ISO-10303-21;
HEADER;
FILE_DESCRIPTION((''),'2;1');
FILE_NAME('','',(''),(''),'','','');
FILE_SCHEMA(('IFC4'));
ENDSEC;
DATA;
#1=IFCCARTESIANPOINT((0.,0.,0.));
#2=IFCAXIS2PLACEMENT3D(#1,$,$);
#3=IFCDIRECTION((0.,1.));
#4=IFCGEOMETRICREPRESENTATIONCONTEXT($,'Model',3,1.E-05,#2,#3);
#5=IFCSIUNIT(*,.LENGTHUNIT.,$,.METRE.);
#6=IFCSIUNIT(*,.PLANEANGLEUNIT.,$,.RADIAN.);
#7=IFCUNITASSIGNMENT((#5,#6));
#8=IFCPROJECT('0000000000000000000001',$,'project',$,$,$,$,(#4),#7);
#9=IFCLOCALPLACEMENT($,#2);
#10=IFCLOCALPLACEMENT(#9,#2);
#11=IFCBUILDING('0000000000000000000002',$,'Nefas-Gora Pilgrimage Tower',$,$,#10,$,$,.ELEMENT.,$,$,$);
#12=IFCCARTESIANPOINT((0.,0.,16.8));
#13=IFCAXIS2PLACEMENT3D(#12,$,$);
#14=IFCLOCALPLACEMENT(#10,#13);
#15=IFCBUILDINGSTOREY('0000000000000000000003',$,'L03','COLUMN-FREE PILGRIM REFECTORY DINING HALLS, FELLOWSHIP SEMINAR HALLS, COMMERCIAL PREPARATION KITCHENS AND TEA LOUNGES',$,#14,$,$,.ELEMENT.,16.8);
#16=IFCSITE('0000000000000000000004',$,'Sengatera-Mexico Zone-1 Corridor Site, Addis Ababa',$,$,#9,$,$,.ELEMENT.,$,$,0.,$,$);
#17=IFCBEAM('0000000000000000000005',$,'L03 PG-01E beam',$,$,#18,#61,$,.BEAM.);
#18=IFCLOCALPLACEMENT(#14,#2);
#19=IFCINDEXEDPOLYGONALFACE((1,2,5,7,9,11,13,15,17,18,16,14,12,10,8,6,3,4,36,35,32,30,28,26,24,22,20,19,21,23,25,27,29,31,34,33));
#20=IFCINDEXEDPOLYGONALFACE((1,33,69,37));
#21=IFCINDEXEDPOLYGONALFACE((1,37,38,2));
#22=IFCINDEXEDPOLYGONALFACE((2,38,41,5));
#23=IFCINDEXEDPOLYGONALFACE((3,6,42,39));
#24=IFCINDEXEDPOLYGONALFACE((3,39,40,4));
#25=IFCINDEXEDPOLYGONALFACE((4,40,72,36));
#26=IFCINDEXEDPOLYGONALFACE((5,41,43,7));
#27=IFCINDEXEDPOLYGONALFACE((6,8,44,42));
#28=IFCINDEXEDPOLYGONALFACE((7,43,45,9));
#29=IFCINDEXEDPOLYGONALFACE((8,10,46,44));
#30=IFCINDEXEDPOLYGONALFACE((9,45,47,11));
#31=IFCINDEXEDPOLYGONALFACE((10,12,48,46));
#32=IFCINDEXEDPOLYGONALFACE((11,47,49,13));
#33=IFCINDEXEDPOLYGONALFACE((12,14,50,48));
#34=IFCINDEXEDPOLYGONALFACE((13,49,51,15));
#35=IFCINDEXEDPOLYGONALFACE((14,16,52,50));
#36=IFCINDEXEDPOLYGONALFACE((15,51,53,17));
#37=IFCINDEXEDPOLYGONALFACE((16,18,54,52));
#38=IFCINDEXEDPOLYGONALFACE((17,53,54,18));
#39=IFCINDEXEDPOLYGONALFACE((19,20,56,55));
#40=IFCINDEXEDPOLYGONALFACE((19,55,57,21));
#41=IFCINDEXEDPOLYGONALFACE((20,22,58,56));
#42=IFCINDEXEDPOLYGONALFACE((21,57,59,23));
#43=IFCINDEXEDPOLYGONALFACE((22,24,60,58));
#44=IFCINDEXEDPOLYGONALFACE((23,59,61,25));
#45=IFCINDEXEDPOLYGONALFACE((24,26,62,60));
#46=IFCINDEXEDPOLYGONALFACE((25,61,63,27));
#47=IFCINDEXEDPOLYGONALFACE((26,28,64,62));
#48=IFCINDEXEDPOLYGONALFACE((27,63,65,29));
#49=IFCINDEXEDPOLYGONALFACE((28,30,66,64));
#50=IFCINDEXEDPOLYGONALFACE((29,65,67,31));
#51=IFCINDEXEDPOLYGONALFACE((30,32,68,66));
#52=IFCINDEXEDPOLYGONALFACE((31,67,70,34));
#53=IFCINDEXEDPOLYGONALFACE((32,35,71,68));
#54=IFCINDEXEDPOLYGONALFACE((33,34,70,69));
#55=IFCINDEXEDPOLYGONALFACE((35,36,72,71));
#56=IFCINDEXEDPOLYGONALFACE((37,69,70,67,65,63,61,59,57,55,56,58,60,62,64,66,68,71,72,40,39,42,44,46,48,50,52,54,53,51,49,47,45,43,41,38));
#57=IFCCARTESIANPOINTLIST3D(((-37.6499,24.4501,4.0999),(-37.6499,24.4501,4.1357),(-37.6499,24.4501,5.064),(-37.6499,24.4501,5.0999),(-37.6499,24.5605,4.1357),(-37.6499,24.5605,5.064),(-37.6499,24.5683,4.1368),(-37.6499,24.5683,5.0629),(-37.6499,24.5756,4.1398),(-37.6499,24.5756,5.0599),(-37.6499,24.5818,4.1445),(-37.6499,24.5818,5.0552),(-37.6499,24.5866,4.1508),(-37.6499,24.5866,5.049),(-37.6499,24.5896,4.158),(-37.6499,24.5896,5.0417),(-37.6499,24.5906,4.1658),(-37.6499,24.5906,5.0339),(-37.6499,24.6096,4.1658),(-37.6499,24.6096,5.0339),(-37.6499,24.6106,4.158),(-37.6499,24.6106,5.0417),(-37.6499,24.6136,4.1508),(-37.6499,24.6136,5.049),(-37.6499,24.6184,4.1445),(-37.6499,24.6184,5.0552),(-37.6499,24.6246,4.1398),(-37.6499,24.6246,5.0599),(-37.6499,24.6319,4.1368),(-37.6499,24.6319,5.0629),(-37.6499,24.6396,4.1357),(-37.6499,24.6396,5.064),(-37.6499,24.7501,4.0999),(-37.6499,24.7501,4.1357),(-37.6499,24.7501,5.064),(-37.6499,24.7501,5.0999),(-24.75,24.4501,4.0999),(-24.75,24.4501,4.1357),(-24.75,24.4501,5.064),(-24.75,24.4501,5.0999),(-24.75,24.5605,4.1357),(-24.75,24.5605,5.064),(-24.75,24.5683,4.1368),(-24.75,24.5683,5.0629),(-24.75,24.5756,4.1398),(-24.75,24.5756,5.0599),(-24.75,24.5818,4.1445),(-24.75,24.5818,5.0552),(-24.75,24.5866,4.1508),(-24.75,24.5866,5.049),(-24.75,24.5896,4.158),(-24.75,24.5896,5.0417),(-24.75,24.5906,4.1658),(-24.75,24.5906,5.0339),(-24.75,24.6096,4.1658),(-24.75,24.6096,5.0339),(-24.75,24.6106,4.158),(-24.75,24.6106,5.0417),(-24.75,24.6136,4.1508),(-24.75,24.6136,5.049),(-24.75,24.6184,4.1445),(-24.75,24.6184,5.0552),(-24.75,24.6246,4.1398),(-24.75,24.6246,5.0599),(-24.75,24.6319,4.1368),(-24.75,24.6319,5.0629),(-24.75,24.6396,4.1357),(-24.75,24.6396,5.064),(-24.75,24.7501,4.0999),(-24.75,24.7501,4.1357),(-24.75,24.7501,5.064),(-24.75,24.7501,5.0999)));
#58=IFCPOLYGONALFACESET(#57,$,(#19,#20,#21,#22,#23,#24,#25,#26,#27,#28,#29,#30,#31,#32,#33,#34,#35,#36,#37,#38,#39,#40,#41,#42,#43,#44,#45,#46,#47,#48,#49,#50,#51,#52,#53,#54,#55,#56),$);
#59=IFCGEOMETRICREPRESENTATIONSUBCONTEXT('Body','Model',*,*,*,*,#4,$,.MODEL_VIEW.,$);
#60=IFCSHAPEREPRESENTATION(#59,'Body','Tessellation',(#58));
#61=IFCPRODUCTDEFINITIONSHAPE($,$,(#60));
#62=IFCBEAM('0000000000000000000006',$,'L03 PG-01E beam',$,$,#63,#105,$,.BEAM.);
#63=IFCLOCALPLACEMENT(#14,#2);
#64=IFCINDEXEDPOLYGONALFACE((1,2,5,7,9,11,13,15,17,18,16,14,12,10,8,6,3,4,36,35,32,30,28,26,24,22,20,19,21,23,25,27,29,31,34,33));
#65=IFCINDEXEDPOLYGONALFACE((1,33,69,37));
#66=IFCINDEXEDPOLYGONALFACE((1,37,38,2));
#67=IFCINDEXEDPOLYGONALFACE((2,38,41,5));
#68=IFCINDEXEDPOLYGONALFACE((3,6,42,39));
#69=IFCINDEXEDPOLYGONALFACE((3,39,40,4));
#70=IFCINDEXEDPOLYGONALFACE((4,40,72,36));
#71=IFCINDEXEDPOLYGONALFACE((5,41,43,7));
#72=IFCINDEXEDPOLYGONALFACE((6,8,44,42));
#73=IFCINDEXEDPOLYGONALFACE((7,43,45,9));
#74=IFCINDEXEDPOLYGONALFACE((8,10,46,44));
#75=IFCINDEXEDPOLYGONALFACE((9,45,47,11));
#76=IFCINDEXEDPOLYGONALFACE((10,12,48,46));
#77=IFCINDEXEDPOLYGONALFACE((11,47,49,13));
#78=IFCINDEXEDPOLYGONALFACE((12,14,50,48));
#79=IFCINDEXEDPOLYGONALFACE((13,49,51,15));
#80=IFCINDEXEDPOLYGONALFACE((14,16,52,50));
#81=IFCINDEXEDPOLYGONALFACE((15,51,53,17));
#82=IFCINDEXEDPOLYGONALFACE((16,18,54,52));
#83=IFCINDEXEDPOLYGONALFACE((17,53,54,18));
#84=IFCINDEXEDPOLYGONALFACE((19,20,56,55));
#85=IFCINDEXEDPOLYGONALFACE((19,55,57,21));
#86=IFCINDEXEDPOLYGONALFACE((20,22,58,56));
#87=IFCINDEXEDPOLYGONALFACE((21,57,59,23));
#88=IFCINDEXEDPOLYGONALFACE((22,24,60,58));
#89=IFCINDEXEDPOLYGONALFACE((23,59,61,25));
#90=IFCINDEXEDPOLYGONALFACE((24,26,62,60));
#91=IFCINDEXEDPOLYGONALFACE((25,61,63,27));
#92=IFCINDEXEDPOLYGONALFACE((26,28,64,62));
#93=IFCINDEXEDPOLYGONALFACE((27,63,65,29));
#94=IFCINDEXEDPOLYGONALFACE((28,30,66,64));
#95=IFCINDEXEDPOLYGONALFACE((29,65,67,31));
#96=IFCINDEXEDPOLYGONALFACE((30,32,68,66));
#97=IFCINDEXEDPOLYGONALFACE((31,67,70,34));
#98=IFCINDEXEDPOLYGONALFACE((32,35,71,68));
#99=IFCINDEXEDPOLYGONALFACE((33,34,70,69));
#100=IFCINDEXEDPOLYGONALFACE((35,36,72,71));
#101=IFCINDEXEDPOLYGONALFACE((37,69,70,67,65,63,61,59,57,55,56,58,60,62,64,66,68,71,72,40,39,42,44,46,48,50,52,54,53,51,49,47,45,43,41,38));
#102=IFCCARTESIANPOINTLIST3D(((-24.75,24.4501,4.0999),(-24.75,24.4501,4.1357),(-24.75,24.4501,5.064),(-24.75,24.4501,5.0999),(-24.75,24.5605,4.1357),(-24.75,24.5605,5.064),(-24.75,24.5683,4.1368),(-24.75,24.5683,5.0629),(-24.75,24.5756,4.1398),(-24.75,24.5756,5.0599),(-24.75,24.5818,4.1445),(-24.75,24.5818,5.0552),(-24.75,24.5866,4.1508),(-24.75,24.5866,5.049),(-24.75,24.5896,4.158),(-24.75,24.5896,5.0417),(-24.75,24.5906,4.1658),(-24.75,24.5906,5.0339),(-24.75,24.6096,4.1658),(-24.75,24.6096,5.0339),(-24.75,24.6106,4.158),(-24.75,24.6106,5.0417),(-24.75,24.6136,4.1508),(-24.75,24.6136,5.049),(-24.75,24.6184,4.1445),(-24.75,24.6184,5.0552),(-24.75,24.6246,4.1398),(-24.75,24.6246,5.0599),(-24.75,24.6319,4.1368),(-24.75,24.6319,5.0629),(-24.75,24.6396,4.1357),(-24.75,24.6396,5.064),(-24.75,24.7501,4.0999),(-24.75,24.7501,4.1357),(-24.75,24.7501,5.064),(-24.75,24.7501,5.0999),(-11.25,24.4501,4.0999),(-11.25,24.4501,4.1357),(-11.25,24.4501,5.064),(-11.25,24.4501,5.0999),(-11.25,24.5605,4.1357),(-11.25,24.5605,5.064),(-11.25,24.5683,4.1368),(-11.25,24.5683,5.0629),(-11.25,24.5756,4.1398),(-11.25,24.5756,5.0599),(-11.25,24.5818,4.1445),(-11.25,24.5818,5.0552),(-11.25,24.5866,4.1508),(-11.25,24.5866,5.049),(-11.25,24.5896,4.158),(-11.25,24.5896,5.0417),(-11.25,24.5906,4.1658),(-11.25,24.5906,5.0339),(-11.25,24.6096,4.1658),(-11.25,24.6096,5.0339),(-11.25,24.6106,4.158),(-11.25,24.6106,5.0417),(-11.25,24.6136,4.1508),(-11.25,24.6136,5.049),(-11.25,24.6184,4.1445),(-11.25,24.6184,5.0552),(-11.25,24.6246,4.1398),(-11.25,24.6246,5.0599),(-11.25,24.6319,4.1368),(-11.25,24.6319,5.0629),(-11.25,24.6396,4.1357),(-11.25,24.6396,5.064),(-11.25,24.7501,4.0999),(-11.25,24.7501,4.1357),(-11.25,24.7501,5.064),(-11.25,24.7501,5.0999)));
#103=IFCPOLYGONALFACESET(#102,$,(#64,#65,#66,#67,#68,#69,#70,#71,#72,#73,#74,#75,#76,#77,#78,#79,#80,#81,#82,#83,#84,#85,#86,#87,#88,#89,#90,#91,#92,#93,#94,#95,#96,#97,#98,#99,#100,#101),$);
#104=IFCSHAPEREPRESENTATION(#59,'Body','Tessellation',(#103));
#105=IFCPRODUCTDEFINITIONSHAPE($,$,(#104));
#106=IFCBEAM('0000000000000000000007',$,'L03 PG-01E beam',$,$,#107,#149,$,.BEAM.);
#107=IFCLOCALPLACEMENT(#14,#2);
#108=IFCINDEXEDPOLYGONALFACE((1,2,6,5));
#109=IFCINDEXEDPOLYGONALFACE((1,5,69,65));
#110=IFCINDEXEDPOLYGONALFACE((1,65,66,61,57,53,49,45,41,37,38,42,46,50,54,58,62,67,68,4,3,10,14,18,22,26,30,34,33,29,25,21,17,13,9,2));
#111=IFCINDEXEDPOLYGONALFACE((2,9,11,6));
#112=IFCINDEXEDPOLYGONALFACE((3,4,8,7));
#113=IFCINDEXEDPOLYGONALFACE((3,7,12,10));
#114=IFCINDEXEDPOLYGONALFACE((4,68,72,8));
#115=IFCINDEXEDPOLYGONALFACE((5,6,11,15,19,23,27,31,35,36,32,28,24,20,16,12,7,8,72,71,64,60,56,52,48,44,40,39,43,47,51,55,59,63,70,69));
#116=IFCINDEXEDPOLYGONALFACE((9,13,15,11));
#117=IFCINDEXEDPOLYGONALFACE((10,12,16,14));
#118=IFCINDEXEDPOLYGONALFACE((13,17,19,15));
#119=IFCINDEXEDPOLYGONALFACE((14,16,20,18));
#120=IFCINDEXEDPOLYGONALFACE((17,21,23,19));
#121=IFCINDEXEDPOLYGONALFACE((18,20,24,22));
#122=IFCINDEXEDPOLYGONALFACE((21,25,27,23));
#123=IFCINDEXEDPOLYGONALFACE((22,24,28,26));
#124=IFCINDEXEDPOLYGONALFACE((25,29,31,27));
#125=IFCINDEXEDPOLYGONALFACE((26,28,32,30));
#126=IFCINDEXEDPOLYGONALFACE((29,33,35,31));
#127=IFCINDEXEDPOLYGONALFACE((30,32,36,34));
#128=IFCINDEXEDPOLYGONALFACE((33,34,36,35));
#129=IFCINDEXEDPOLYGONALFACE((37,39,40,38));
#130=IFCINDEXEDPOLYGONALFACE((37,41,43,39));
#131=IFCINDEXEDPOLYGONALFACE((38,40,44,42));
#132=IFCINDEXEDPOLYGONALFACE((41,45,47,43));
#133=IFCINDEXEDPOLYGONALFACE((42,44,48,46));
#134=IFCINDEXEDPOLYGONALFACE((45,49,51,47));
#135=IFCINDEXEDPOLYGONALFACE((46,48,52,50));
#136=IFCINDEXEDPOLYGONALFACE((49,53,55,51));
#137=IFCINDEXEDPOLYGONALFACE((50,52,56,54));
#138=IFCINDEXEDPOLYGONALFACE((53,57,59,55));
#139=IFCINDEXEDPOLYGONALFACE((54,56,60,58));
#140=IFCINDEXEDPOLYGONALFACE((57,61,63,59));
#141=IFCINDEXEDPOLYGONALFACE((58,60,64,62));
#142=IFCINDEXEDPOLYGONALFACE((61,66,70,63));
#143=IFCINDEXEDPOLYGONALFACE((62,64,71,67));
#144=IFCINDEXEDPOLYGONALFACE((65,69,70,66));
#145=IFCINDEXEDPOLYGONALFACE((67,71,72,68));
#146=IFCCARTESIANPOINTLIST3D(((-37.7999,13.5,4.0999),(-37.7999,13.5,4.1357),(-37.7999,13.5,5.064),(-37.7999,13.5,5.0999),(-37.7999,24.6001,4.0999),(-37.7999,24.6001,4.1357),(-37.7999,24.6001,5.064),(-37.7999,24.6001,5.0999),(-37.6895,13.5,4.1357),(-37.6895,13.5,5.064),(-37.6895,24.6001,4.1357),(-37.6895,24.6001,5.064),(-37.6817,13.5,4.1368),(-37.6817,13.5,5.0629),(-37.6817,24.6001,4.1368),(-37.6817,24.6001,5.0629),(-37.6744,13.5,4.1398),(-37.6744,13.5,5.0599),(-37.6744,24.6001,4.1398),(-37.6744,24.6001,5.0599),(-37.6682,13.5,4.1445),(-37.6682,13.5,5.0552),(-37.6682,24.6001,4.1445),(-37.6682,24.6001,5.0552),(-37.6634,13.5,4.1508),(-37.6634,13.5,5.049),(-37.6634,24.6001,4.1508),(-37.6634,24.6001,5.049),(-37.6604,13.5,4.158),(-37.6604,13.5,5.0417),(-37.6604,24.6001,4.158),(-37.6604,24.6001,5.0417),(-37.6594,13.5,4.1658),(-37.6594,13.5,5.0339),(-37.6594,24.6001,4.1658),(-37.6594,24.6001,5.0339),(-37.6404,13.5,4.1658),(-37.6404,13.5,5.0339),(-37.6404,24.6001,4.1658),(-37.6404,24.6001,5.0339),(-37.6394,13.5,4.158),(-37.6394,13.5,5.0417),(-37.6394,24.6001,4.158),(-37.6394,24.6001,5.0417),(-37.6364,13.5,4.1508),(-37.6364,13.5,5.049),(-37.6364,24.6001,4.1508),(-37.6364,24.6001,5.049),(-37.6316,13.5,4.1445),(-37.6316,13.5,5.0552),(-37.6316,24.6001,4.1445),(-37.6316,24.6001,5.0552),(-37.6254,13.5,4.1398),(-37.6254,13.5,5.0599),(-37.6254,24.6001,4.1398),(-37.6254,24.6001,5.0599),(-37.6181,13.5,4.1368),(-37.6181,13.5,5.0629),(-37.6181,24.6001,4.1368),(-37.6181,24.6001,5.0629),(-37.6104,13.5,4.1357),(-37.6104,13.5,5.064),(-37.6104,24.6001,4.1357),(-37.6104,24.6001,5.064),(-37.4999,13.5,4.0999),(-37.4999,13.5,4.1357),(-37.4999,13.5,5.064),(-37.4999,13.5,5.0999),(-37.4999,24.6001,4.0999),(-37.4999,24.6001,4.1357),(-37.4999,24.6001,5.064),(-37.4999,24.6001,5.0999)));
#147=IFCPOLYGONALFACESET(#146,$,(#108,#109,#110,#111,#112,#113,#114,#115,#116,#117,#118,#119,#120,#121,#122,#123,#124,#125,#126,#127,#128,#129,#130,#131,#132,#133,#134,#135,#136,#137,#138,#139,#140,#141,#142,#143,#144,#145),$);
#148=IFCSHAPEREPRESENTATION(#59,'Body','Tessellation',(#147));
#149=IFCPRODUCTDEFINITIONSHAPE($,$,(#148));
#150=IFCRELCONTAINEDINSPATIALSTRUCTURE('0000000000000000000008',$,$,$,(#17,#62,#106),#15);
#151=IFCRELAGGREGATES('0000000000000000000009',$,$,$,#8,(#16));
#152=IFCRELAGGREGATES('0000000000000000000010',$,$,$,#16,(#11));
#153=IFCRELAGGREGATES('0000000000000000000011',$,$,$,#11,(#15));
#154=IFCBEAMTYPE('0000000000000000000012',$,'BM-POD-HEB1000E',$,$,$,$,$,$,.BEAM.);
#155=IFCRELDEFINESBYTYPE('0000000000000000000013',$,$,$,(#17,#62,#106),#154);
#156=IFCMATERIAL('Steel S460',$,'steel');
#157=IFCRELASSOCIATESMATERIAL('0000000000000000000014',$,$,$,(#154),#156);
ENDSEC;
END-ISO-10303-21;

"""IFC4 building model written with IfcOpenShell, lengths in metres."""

from ifc_helpers import new_model, si_unit, direction, frame, origin, origin_2d, place, context, subcontext, project, spatial, i_section, extrude, source, transform, mapped, material, material_profile, profile_set, type_object, element, save


model = new_model("IFC4")

# Units and contexts
model_context = context("Model", 3, precision=1e-05, world=origin(), true_north=direction((0.0, 1.0)))
body_context = subcontext(model_context, "Body", "Model", "MODEL_VIEW")
ifc_project = project(units=[si_unit("LENGTHUNIT", "METRE"), si_unit("PLANEANGLEUNIT", "RADIAN")], contexts=[model_context])

# Site, building, storey
site_placement = place(None, origin())
site = spatial("IfcSite", under=ifc_project, at=site_placement, Name="Sengatera-Mexico Zone-1 Corridor Site, Addis Ababa", CompositionType="ELEMENT", RefElevation=0.0)
building_placement = place(site_placement, origin())
building = spatial("IfcBuilding", under=site, at=building_placement, Name="Nefas-Gora Pilgrimage Tower", CompositionType="ELEMENT")
storey_placement = place(building_placement, frame((0.0, 0.0, 16.8)))
storey = spatial("IfcBuildingStorey", under=building, at=storey_placement, Name="L03", Description="COLUMN-FREE PILGRIM REFECTORY DINING HALLS, FELLOWSHIP SEMINAR HALLS, COMMERCIAL PREPARATION KITCHENS AND TEA LOUNGES", CompositionType="ELEMENT", Elevation=16.8)

# Shared definitions
ifc_material_1 = material(Name="Steel S460", Category="steel")

# Beams
ifc_material_profile_1 = material_profile(ifc_material_1, i_section(OverallWidth=0.3, OverallDepth=1.0, WebThickness=0.019, FlangeThickness=0.0359, FilletRadius=0.03, at=origin_2d()), Name="HEB 1000")
ifc_profile_set_1 = profile_set([ifc_material_profile_1], Name="Steel S460")
beam_type = type_object("IfcBeamType", Name="BM-POD-HEB1000E", PredefinedType="BEAM", material=ifc_profile_set_1)
shared_shape_1 = source(origin(), body_context, "Body", "SweptSolid", [
    extrude(i_section(OverallWidth=0.3, OverallDepth=1.0, WebThickness=0.019, FlangeThickness=0.0359, FilletRadius=0.03, at=origin_2d()), origin(), (0.0, 0.0, 1.0), 12.8999),
])
beam_1_placement = place(storey_placement, frame((-37.6499, 24.6001, 4.5999), z_axis=(1.0, 0.0, 0.0), x_axis=(0.0, 1.0, 0.0)))
element("IfcBeam", 1, at=beam_1_placement, inside=storey, type_object=beam_type, Name="L03 PG-01E beam", PredefinedType="BEAM", context=body_context, shape_type="MappedRepresentation", body=[
    mapped(shared_shape_1, transform((0.0, 0.0, 0.0), x_axis=(1.0, 0.0, 0.0), y_axis=(0.0, 1.0, 0.0), z_axis=(0.0, 0.0, 1.0), scale=1.0)),
])
shared_shape_2 = source(origin(), body_context, "Body", "SweptSolid", [
    extrude(i_section(OverallWidth=0.3, OverallDepth=1.0, WebThickness=0.019, FlangeThickness=0.0359, FilletRadius=0.03, at=origin_2d()), origin(), (0.0, 0.0, 1.0), 13.5),
])
beam_2_placement = place(storey_placement, frame((-24.75, 24.6001, 4.5999), z_axis=(1.0, 0.0, 0.0), x_axis=(0.0, 1.0, 0.0)))
element("IfcBeam", 2, at=beam_2_placement, inside=storey, type_object=beam_type, Name="L03 PG-01E beam", PredefinedType="BEAM", context=body_context, shape_type="MappedRepresentation", body=[
    mapped(shared_shape_2, transform((0.0, 0.0, 0.0), x_axis=(1.0, 0.0, 0.0), y_axis=(0.0, 1.0, 0.0), z_axis=(0.0, 0.0, 1.0), scale=1.0)),
])
shared_shape_3 = source(origin(), body_context, "Body", "SweptSolid", [
    extrude(i_section(OverallWidth=0.3, OverallDepth=1.0, WebThickness=0.019, FlangeThickness=0.0359, FilletRadius=0.03, at=origin_2d()), origin(), (0.0, 0.0, 1.0), 11.1001),
])
beam_3_placement = place(storey_placement, frame((-37.6499, 13.5, 4.5999), z_axis=(0.0, 1.0, 0.0), x_axis=(-1.0, 0.0, 0.0)))
element("IfcBeam", 3, at=beam_3_placement, inside=storey, type_object=beam_type, Name="L03 PG-01E beam", PredefinedType="BEAM", context=body_context, shape_type="MappedRepresentation", body=[
    mapped(shared_shape_3, transform((0.0, 0.0, 0.0), x_axis=(1.0, 0.0, 0.0), y_axis=(0.0, 1.0, 0.0), z_axis=(0.0, 0.0, 1.0), scale=1.0)),
])

save(model, "model.ifc")
